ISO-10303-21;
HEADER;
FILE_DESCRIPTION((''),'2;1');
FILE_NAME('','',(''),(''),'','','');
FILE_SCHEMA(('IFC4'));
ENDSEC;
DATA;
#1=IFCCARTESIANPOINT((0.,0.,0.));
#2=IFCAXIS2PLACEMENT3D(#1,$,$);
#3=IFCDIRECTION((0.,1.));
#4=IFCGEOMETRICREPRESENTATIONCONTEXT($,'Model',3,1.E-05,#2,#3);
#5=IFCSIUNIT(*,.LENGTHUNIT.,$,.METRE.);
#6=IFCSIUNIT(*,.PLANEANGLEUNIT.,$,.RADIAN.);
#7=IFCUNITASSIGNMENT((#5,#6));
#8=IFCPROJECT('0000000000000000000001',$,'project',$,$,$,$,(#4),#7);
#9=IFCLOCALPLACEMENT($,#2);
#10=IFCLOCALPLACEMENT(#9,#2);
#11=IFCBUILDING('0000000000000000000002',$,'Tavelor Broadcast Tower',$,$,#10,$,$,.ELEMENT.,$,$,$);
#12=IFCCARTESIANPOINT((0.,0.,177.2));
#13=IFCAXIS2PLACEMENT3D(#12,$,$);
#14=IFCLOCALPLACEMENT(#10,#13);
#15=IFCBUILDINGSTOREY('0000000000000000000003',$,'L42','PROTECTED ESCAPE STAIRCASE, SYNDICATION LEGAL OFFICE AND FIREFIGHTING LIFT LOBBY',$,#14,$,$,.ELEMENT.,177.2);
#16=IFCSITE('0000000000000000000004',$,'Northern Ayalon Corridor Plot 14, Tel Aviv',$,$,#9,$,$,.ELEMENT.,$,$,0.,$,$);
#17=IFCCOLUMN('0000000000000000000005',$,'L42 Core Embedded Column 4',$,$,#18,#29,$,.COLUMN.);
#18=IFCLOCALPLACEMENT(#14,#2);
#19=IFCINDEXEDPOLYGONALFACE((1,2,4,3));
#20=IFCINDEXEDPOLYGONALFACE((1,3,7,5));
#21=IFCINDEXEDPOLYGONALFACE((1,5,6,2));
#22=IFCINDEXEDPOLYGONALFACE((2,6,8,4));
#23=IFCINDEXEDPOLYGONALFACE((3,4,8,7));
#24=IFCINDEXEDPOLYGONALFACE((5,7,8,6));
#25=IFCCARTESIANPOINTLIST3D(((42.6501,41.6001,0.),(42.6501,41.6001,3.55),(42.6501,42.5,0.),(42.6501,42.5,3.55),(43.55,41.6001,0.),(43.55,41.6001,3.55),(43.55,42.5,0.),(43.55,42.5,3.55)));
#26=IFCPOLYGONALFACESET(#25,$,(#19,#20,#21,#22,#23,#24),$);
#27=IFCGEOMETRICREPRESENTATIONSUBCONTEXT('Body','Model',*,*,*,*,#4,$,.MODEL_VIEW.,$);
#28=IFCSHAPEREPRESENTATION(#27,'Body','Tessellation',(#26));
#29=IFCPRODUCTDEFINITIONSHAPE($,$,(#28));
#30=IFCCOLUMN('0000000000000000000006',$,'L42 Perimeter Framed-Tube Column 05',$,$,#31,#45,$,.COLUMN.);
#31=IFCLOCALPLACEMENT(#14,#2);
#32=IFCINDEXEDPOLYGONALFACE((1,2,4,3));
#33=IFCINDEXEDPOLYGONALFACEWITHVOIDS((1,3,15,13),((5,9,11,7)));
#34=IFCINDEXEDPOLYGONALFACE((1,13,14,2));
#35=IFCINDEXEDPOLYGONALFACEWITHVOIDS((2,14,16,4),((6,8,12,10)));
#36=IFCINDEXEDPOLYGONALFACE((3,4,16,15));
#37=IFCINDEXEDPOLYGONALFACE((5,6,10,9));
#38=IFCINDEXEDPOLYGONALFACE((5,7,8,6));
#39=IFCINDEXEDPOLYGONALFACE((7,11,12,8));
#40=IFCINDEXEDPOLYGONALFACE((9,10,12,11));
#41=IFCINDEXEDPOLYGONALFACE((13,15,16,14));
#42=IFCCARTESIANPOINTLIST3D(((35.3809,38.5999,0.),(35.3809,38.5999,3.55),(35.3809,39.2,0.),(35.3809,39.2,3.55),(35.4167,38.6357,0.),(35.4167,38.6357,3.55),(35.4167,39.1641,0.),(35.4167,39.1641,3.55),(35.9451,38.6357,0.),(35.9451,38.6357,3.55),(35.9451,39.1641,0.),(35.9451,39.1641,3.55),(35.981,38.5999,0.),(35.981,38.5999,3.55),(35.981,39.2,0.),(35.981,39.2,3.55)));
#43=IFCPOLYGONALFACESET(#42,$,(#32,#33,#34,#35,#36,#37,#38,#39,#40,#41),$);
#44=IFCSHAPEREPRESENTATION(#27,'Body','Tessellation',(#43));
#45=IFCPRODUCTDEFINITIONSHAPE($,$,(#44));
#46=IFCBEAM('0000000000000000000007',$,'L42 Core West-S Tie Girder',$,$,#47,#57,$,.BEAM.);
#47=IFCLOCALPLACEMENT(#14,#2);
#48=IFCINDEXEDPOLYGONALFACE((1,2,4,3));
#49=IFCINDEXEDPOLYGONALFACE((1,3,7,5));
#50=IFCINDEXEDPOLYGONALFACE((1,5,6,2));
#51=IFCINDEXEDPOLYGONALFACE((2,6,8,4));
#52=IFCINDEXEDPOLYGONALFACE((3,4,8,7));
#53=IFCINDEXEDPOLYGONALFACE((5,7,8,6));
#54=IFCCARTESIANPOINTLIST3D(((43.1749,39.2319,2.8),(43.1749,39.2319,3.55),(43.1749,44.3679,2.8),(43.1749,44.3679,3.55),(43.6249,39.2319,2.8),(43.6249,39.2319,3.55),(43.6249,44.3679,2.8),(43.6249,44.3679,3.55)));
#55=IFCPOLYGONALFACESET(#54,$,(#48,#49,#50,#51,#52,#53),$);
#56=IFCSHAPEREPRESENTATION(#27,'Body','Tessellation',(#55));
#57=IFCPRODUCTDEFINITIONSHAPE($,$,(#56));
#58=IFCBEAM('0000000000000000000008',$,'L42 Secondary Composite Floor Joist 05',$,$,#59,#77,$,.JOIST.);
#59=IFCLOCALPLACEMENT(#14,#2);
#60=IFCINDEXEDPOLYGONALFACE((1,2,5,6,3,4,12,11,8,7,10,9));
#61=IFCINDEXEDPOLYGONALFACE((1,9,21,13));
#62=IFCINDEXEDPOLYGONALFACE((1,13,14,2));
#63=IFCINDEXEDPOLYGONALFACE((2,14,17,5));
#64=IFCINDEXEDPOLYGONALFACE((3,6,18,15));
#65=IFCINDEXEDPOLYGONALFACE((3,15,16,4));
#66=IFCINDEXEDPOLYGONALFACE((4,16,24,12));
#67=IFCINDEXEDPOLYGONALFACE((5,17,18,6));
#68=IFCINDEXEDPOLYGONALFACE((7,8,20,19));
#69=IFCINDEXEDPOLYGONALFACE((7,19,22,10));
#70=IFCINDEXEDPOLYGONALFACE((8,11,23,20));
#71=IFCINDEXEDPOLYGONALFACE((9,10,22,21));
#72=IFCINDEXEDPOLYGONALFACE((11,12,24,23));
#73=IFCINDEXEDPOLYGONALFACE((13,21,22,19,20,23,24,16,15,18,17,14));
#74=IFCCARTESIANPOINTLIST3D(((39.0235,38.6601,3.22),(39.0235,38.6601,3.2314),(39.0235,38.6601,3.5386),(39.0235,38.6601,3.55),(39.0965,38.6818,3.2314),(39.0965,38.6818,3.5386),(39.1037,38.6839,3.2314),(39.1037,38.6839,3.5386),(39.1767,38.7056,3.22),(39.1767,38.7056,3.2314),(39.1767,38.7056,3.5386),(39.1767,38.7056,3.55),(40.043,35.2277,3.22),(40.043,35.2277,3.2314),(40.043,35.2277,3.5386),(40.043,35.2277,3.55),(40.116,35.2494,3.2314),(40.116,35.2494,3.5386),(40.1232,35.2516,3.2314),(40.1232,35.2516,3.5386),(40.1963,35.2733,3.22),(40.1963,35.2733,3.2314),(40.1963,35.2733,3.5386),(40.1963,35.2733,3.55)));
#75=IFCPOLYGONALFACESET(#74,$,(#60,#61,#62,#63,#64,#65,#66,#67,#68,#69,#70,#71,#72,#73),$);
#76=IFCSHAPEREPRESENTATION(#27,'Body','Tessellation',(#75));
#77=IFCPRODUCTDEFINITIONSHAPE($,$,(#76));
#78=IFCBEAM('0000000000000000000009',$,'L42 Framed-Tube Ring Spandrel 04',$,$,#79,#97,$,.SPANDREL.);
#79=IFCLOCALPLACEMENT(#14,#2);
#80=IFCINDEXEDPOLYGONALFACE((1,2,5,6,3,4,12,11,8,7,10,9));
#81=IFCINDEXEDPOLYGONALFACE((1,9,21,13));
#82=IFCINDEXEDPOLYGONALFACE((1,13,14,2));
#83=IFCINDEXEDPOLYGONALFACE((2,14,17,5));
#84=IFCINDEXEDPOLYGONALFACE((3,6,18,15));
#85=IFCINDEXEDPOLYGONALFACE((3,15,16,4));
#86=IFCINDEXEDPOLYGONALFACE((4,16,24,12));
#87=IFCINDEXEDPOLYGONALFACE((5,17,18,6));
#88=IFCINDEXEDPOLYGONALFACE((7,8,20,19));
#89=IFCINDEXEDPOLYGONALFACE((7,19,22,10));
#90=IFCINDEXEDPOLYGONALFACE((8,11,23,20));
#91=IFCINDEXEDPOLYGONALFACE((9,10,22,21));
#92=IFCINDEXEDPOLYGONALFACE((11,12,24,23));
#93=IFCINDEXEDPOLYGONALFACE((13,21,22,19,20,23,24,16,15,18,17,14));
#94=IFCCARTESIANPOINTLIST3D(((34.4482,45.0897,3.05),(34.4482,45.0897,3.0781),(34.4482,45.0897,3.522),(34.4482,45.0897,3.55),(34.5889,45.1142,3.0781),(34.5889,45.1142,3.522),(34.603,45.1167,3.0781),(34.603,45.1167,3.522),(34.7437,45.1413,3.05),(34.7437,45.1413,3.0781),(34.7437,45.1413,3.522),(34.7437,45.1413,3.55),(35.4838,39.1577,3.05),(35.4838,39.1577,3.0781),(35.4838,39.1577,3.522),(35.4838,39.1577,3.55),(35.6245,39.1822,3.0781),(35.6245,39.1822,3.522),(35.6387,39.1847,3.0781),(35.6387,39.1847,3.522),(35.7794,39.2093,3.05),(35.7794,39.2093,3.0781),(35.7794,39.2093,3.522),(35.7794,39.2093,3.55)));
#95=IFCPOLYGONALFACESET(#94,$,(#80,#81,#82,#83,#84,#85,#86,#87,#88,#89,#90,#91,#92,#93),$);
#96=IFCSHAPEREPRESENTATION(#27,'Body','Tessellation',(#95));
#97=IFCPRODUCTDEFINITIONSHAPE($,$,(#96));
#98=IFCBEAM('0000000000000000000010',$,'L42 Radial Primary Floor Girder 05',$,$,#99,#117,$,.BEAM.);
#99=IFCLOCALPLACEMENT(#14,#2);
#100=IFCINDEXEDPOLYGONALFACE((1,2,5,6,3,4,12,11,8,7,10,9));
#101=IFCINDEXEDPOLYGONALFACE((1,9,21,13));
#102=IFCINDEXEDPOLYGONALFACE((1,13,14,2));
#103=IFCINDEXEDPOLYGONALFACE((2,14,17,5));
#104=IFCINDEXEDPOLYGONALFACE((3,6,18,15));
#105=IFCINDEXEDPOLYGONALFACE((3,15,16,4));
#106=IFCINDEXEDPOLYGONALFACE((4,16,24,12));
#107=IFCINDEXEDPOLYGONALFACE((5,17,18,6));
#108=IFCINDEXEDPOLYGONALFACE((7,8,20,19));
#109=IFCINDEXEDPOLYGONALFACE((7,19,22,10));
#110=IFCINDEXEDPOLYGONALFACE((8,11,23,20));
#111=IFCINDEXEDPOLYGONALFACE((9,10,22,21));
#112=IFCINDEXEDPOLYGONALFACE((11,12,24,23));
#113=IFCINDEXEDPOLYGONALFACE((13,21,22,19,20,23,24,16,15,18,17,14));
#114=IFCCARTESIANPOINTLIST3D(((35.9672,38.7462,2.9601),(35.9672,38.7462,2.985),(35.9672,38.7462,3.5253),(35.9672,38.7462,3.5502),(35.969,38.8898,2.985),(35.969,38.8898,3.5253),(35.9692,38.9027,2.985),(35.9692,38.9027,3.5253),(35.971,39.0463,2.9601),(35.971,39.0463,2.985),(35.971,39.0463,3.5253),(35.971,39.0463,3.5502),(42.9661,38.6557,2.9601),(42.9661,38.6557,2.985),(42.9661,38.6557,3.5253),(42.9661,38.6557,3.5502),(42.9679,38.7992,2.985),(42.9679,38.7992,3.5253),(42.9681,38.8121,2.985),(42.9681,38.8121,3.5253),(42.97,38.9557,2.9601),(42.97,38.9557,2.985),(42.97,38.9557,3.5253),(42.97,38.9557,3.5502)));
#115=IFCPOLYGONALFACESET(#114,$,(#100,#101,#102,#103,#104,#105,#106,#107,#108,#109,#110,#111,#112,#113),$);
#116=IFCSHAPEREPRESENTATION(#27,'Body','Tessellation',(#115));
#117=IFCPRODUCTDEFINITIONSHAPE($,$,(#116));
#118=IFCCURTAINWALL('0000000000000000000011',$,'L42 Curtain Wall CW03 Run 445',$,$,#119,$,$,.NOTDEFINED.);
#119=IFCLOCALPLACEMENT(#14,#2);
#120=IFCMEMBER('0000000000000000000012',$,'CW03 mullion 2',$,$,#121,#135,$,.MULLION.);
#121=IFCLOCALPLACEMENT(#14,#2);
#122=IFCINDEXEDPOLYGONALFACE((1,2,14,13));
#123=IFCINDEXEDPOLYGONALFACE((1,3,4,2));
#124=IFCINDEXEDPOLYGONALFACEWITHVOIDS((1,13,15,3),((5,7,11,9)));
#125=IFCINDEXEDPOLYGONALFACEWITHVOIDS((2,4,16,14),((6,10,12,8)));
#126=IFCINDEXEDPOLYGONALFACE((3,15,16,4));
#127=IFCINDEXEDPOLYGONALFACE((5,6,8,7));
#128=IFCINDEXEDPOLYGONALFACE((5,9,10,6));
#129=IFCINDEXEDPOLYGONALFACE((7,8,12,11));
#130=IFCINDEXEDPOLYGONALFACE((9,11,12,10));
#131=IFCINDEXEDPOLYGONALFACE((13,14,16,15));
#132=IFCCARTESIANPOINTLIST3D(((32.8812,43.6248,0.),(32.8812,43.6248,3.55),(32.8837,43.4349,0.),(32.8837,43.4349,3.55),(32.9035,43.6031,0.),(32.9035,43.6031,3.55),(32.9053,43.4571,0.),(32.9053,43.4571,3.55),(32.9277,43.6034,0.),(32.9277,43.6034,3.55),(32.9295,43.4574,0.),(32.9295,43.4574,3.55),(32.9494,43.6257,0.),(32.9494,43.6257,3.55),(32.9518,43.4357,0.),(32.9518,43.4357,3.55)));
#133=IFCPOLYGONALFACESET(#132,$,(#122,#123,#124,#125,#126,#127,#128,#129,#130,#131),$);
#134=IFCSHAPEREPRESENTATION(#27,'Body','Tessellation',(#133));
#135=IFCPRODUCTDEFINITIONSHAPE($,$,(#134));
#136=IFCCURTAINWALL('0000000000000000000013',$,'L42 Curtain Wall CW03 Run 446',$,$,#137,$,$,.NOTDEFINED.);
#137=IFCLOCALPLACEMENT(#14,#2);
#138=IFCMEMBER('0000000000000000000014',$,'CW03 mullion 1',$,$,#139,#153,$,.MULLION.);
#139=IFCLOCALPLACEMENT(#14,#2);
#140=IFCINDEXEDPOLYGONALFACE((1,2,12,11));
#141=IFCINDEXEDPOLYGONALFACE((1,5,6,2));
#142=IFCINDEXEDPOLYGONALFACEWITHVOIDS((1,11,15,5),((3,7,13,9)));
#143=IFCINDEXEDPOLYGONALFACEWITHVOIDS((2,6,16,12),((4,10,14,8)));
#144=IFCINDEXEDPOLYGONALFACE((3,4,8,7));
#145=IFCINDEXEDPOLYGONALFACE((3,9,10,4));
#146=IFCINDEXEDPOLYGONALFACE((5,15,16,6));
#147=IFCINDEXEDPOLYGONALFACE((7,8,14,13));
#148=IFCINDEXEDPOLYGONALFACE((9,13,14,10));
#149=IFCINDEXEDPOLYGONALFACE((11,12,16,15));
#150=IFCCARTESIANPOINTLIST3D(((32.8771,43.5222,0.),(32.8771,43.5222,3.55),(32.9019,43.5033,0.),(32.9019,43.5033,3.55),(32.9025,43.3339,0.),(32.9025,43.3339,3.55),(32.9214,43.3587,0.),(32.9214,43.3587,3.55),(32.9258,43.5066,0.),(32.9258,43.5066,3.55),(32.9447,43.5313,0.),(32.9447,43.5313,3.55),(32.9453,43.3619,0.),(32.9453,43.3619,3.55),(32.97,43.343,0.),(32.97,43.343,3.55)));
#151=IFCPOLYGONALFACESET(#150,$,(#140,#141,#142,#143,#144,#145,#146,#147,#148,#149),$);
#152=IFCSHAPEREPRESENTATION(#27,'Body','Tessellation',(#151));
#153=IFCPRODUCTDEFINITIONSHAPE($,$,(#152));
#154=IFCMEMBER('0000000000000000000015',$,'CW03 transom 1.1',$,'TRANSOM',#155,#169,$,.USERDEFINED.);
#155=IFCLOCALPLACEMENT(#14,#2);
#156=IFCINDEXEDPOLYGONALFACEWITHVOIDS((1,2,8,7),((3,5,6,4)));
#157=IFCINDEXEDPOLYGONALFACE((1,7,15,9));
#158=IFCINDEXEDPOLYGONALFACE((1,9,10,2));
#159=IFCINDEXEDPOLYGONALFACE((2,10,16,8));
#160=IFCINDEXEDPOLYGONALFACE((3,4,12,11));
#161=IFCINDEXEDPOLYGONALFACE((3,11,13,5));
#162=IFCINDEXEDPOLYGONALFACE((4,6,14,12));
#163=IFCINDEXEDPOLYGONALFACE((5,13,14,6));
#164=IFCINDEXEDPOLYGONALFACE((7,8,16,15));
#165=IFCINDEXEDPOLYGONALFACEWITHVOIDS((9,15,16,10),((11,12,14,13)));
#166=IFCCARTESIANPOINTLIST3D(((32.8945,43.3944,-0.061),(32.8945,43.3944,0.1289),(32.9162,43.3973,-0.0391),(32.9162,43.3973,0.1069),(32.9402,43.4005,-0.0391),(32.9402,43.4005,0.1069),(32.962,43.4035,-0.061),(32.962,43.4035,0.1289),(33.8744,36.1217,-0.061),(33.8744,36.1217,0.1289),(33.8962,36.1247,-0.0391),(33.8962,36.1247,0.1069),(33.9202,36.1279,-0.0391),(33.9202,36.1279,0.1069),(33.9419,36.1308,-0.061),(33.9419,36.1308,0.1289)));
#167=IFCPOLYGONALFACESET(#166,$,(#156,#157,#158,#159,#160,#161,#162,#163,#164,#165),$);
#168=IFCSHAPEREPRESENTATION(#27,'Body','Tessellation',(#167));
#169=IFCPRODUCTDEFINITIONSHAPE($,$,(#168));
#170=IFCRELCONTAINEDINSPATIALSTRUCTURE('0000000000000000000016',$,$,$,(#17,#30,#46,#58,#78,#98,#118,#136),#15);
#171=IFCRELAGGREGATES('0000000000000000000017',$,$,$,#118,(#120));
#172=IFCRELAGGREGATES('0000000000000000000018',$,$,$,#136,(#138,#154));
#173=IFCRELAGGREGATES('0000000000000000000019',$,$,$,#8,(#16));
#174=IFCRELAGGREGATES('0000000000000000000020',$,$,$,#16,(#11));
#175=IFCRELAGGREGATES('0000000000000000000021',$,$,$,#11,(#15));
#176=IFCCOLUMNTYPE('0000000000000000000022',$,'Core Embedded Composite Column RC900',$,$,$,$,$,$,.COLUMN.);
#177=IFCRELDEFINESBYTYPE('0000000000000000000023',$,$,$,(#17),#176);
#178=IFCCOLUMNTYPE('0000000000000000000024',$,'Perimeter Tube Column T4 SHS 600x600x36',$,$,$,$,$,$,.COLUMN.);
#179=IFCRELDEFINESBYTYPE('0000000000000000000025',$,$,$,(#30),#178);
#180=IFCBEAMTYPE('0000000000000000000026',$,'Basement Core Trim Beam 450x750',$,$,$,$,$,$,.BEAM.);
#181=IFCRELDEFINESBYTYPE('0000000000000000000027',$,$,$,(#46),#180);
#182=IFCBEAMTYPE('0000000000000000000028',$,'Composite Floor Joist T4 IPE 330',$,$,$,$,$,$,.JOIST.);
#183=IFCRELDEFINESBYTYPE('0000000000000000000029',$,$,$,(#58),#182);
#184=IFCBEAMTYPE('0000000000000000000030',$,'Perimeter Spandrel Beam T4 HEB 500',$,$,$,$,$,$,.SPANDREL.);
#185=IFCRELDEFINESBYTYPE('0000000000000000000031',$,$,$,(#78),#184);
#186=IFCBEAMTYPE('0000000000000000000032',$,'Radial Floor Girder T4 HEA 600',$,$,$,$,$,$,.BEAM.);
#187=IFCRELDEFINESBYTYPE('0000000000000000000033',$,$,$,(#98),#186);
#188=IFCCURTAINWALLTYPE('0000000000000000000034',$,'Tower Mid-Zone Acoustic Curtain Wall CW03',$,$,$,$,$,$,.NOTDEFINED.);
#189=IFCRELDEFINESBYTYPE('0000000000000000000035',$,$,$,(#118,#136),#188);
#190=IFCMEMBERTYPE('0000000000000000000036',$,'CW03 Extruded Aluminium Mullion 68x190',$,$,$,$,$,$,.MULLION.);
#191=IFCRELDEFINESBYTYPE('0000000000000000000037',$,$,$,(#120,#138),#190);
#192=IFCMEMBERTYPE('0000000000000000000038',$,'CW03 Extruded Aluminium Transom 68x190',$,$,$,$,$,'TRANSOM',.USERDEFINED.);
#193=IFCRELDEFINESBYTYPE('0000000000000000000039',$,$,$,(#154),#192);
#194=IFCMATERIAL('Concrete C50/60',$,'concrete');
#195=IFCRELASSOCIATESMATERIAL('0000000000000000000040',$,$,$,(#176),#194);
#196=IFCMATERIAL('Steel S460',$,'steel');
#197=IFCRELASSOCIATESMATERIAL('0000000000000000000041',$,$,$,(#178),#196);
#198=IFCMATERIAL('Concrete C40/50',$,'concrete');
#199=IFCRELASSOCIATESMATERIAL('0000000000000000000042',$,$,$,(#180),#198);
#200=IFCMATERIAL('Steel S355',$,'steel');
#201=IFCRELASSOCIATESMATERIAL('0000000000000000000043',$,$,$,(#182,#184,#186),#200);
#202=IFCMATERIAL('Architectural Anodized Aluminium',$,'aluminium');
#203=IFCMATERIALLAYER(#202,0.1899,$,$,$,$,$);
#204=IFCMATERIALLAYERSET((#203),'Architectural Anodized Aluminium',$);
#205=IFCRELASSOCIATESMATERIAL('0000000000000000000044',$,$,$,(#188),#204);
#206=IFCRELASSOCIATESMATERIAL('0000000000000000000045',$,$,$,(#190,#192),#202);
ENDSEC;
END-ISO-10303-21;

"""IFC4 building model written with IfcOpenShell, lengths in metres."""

from ifc_helpers import new_model, si_unit, direction, frame, origin, origin_2d, place, context, subcontext, project, spatial, rectangle, hollow_rectangle, i_section, extrude, source, transform, mapped, material, layer, layer_set, material_profile, profile_set, type_object, type_shapes, element, aggregate, save


model = new_model("IFC4")

# Units and contexts
model_context = context("Model", 3, precision=1e-05, world=origin(), true_north=direction((0.0, 1.0)))
body_context = subcontext(model_context, "Body", "Model", "MODEL_VIEW")
ifc_project = project(units=[si_unit("LENGTHUNIT", "METRE"), si_unit("PLANEANGLEUNIT", "RADIAN")], contexts=[model_context])

# Site, building, storey
site_placement = place(None, origin())
site = spatial("IfcSite", under=ifc_project, at=site_placement, Name="Northern Ayalon Corridor Plot 14, Tel Aviv", CompositionType="ELEMENT", RefElevation=0.0)
building_placement = place(site_placement, origin())
building = spatial("IfcBuilding", under=site, at=building_placement, Name="Tavelor Broadcast Tower", CompositionType="ELEMENT")
storey_placement = place(building_placement, frame((0.0, 0.0, 177.2)))
storey = spatial("IfcBuildingStorey", under=building, at=storey_placement, Name="L42", Description="PROTECTED ESCAPE STAIRCASE, SYNDICATION LEGAL OFFICE AND FIREFIGHTING LIFT LOBBY", CompositionType="ELEMENT", Elevation=177.2)

# Columns
ifc_material_1 = material(Name="Concrete C50/60", Category="concrete")
ifc_material_profile_1 = material_profile(ifc_material_1, rectangle(XDim=0.8999, YDim=0.8999, at=origin_2d()), Name="RC 900x900")
ifc_profile_set_1 = profile_set([ifc_material_profile_1], Name="Concrete C50/60")
column_type_1 = type_object("IfcColumnType", Name="Core Embedded Composite Column RC900", PredefinedType="COLUMN", material=ifc_profile_set_1)
column_1_placement = place(storey_placement, frame((43.1001, 42.05, 0.0), z_axis=(0.0, 0.0, 1.0), x_axis=(1.0, 0.0, 0.0)))
element("IfcColumn", 1, at=column_1_placement, inside=storey, type_object=column_type_1, Name="L42 Core Embedded Column 4", PredefinedType="COLUMN", context=body_context, shape_type="SweptSolid", body=[
    extrude(rectangle(XDim=0.8999, YDim=0.8999, at=origin_2d()), origin(), (0.0, 0.0, 1.0), 3.55),
])
ifc_material_2 = material(Name="Steel S460", Category="steel")
ifc_material_profile_2 = material_profile(ifc_material_2, hollow_rectangle(XDim=0.6001, YDim=0.6001, WallThickness=0.0359, at=origin_2d()), Name="SHS 600x600x36")
ifc_profile_set_2 = profile_set([ifc_material_profile_2], Name="Steel S460")
column_type_2 = type_object("IfcColumnType", Name="Perimeter Tube Column T4 SHS 600x600x36", PredefinedType="COLUMN", material=ifc_profile_set_2)
column_2_placement = place(storey_placement, frame((35.6809, 38.8999, 0.0), z_axis=(0.0, 0.0, 1.0), x_axis=(1.0, 0.0, 0.0)))
element("IfcColumn", 2, at=column_2_placement, inside=storey, type_object=column_type_2, Name="L42 Perimeter Framed-Tube Column 05", PredefinedType="COLUMN", context=body_context, shape_type="SweptSolid", body=[
    extrude(hollow_rectangle(XDim=0.6001, YDim=0.6001, WallThickness=0.0359, at=origin_2d()), origin(), (0.0, 0.0, 1.0), 3.55),
])

# Beams
ifc_material_3 = material(Name="Concrete C40/50", Category="concrete")
ifc_material_profile_3 = material_profile(ifc_material_3, rectangle(XDim=0.45, YDim=0.75, at=origin_2d()), Name="RC 450x750")
ifc_profile_set_3 = profile_set([ifc_material_profile_3], Name="Concrete C40/50")
beam_type_1 = type_object("IfcBeamType", Name="Basement Core Trim Beam 450x750", PredefinedType="BEAM", material=ifc_profile_set_3)
beam_1_placement = place(storey_placement, frame((43.3999, 39.2319, 3.175), z_axis=(0.0, 1.0, 0.0), x_axis=(-1.0, 0.0, 0.0)))
element("IfcBeam", 3, at=beam_1_placement, inside=storey, type_object=beam_type_1, Name="L42 Core West-S Tie Girder", PredefinedType="BEAM", context=body_context, shape_type="SweptSolid", body=[
    extrude(rectangle(XDim=0.45, YDim=0.75, at=origin_2d()), origin(), (0.0, 0.0, 1.0), 5.136),
])
ifc_material_4 = material(Name="Steel S355", Category="steel")
ifc_material_profile_4 = material_profile(ifc_material_4, i_section(OverallWidth=0.1599, OverallDepth=0.3301, WebThickness=0.0076, FlangeThickness=0.0115, at=origin_2d()), Name="IPE 330")
ifc_profile_set_4 = profile_set([ifc_material_profile_4], Name="Steel S355")
beam_type_2 = type_object("IfcBeamType", Name="Composite Floor Joist T4 IPE 330", PredefinedType="JOIST", material=ifc_profile_set_4)
beam_2_placement = place(storey_placement, frame((39.1001, 38.6829, 3.385), z_axis=(0.284738, -0.958605, 0.0), x_axis=(0.958605, 0.284738, 0.0)))
element("IfcBeam", 4, at=beam_2_placement, inside=storey, type_object=beam_type_2, Name="L42 Secondary Composite Floor Joist 05", PredefinedType="JOIST", context=body_context, shape_type="SweptSolid", body=[
    extrude(i_section(OverallWidth=0.1599, OverallDepth=0.3301, WebThickness=0.0076, FlangeThickness=0.0115, at=origin_2d()), origin(), (0.0, 0.0, 1.0), 3.5806),
])
ifc_material_profile_5 = material_profile(ifc_material_4, i_section(OverallWidth=0.3, OverallDepth=0.5, WebThickness=0.0144, FlangeThickness=0.0281, at=origin_2d()), Name="HEB 500")
ifc_profile_set_5 = profile_set([ifc_material_profile_5], Name="Steel S355")
beam_type_3 = type_object("IfcBeamType", Name="Perimeter Spandrel Beam T4 HEB 500", PredefinedType="SPANDREL", material=ifc_profile_set_5)
beam_3_placement = place(storey_placement, frame((34.5959, 45.1155, 3.3), z_axis=(0.171988, -0.985099, 0.0), x_axis=(0.985099, 0.171988, 0.0)))
element("IfcBeam", 5, at=beam_3_placement, inside=storey, type_object=beam_type_3, Name="L42 Framed-Tube Ring Spandrel 04", PredefinedType="SPANDREL", context=body_context, shape_type="SweptSolid", body=[
    extrude(i_section(OverallWidth=0.3, OverallDepth=0.5, WebThickness=0.0144, FlangeThickness=0.0281, at=origin_2d()), origin(), (0.0, 0.0, 1.0), 6.0217),
])
ifc_material_profile_6 = material_profile(ifc_material_4, i_section(OverallWidth=0.3, OverallDepth=0.5901, WebThickness=0.0129, FlangeThickness=0.0249, at=origin_2d()), Name="HEA 600")
ifc_profile_set_6 = profile_set([ifc_material_profile_6], Name="Steel S355")
beam_type_4 = type_object("IfcBeamType", Name="Radial Floor Girder T4 HEA 600", PredefinedType="BEAM", material=ifc_profile_set_6)
beam_4_placement = place(storey_placement, frame((42.968, 38.8057, 3.2551), z_axis=(-0.999916, 0.01294, 0.0), x_axis=(-0.01294, -0.999916, 0.0)))
element("IfcBeam", 6, at=beam_4_placement, inside=storey, type_object=beam_type_4, Name="L42 Radial Primary Floor Girder 05", PredefinedType="BEAM", context=body_context, shape_type="SweptSolid", body=[
    extrude(i_section(OverallWidth=0.3, OverallDepth=0.5901, WebThickness=0.0129, FlangeThickness=0.0249, at=origin_2d()), origin(), (0.0, 0.0, 1.0), 6.9995),
])

# Curtain wall, member
ifc_material_5 = material(Name="Architectural Anodized Aluminium", Category="aluminium")
ifc_layer_1 = layer(ifc_material_5, 0.1899)
ifc_layer_set_1 = layer_set([ifc_layer_1], Name="Architectural Anodized Aluminium")
curtain_wall_type = type_object("IfcCurtainWallType", Name="Tower Mid-Zone Acoustic Curtain Wall CW03", PredefinedType="NOTDEFINED", material=ifc_layer_set_1)
curtain_wall_1_placement = place(storey_placement, origin())
curtain_wall_1 = element("IfcCurtainWall", 7, at=curtain_wall_1_placement, inside=storey, type_object=curtain_wall_type, Name="L42 Curtain Wall CW03 Run 445", PredefinedType="NOTDEFINED")
ifc_material_profile_7 = material_profile(ifc_material_5, hollow_rectangle(XDim=0.0681, YDim=0.1899, WallThickness=0.022, at=origin_2d()), Name="RHS 68x190x22")
ifc_profile_set_7 = profile_set([ifc_material_profile_7], Name="Architectural Anodized Aluminium")
member_type_1 = type_object("IfcMemberType", Name="CW03 Extruded Aluminium Mullion 68x190", PredefinedType="MULLION", material=ifc_profile_set_7)
shared_shape_1 = source(origin(), body_context, "Body", "SweptSolid", [
    extrude(hollow_rectangle(XDim=0.0681, YDim=0.1899, WallThickness=0.022, at=origin_2d()), origin(), (0.0, 0.0, 1.0), 3.55),
])
type_shapes(member_type_1, [shared_shape_1])
member_1_placement = place(storey_placement, frame((32.9165, 43.5303, 0.0), z_axis=(0.0, 0.0, 1.0), x_axis=(0.99992, 0.012658, 0.0)))
member_1 = element("IfcMember", 8, at=member_1_placement, type_object=member_type_1, Name="CW03 mullion 2", PredefinedType="MULLION", context=body_context, shape_type="MappedRepresentation", body=[
    mapped(shared_shape_1, transform((0.0, 0.0, 0.0), scale=1.0)),
])
aggregate(curtain_wall_1, [member_1])

# Curtain wall, members
curtain_wall_2_placement = place(storey_placement, origin())
curtain_wall_2 = element("IfcCurtainWall", 9, at=curtain_wall_2_placement, inside=storey, type_object=curtain_wall_type, Name="L42 Curtain Wall CW03 Run 446", PredefinedType="NOTDEFINED")
member_2_placement = place(storey_placement, frame((32.9236, 43.4326, 0.0), z_axis=(0.0, 0.0, 1.0), x_axis=(0.991042, 0.133548, 0.0)))
member_2 = element("IfcMember", 10, at=member_2_placement, type_object=member_type_1, Name="CW03 mullion 1", PredefinedType="MULLION", context=body_context, shape_type="MappedRepresentation", body=[
    mapped(shared_shape_1, transform((0.0, 0.0, 0.0), scale=1.0)),
])
ifc_material_profile_8 = material_profile(ifc_material_5, hollow_rectangle(XDim=0.0681, YDim=0.1899, WallThickness=0.022, at=origin_2d()), Name="RHS 68x190x22")
ifc_profile_set_8 = profile_set([ifc_material_profile_8], Name="Architectural Anodized Aluminium")
member_type_2 = type_object("IfcMemberType", Name="CW03 Extruded Aluminium Transom 68x190", ElementType="TRANSOM", PredefinedType="USERDEFINED", material=ifc_profile_set_8)
shared_shape_2 = source(origin(), body_context, "Body", "SweptSolid", [
    extrude(hollow_rectangle(XDim=0.0681, YDim=0.1899, WallThickness=0.022, at=origin_2d()), origin(), (0.0, 0.0, 1.0), 7.3384),
])
type_shapes(member_type_2, [shared_shape_2])
member_3_placement = place(storey_placement, frame((32.9282, 43.3989, 0.0339), z_axis=(0.133541, -0.991043, 0.0), x_axis=(0.991043, 0.133541, 0.0)))
member_3 = element("IfcMember", 11, at=member_3_placement, type_object=member_type_2, Name="CW03 transom 1.1", ObjectType="TRANSOM", PredefinedType="USERDEFINED", context=body_context, shape_type="MappedRepresentation", body=[
    mapped(shared_shape_2, transform((0.0, 0.0, 0.0), scale=1.0)),
])

aggregate(curtain_wall_2, [member_2, member_3])

save(model, "model.ifc")
